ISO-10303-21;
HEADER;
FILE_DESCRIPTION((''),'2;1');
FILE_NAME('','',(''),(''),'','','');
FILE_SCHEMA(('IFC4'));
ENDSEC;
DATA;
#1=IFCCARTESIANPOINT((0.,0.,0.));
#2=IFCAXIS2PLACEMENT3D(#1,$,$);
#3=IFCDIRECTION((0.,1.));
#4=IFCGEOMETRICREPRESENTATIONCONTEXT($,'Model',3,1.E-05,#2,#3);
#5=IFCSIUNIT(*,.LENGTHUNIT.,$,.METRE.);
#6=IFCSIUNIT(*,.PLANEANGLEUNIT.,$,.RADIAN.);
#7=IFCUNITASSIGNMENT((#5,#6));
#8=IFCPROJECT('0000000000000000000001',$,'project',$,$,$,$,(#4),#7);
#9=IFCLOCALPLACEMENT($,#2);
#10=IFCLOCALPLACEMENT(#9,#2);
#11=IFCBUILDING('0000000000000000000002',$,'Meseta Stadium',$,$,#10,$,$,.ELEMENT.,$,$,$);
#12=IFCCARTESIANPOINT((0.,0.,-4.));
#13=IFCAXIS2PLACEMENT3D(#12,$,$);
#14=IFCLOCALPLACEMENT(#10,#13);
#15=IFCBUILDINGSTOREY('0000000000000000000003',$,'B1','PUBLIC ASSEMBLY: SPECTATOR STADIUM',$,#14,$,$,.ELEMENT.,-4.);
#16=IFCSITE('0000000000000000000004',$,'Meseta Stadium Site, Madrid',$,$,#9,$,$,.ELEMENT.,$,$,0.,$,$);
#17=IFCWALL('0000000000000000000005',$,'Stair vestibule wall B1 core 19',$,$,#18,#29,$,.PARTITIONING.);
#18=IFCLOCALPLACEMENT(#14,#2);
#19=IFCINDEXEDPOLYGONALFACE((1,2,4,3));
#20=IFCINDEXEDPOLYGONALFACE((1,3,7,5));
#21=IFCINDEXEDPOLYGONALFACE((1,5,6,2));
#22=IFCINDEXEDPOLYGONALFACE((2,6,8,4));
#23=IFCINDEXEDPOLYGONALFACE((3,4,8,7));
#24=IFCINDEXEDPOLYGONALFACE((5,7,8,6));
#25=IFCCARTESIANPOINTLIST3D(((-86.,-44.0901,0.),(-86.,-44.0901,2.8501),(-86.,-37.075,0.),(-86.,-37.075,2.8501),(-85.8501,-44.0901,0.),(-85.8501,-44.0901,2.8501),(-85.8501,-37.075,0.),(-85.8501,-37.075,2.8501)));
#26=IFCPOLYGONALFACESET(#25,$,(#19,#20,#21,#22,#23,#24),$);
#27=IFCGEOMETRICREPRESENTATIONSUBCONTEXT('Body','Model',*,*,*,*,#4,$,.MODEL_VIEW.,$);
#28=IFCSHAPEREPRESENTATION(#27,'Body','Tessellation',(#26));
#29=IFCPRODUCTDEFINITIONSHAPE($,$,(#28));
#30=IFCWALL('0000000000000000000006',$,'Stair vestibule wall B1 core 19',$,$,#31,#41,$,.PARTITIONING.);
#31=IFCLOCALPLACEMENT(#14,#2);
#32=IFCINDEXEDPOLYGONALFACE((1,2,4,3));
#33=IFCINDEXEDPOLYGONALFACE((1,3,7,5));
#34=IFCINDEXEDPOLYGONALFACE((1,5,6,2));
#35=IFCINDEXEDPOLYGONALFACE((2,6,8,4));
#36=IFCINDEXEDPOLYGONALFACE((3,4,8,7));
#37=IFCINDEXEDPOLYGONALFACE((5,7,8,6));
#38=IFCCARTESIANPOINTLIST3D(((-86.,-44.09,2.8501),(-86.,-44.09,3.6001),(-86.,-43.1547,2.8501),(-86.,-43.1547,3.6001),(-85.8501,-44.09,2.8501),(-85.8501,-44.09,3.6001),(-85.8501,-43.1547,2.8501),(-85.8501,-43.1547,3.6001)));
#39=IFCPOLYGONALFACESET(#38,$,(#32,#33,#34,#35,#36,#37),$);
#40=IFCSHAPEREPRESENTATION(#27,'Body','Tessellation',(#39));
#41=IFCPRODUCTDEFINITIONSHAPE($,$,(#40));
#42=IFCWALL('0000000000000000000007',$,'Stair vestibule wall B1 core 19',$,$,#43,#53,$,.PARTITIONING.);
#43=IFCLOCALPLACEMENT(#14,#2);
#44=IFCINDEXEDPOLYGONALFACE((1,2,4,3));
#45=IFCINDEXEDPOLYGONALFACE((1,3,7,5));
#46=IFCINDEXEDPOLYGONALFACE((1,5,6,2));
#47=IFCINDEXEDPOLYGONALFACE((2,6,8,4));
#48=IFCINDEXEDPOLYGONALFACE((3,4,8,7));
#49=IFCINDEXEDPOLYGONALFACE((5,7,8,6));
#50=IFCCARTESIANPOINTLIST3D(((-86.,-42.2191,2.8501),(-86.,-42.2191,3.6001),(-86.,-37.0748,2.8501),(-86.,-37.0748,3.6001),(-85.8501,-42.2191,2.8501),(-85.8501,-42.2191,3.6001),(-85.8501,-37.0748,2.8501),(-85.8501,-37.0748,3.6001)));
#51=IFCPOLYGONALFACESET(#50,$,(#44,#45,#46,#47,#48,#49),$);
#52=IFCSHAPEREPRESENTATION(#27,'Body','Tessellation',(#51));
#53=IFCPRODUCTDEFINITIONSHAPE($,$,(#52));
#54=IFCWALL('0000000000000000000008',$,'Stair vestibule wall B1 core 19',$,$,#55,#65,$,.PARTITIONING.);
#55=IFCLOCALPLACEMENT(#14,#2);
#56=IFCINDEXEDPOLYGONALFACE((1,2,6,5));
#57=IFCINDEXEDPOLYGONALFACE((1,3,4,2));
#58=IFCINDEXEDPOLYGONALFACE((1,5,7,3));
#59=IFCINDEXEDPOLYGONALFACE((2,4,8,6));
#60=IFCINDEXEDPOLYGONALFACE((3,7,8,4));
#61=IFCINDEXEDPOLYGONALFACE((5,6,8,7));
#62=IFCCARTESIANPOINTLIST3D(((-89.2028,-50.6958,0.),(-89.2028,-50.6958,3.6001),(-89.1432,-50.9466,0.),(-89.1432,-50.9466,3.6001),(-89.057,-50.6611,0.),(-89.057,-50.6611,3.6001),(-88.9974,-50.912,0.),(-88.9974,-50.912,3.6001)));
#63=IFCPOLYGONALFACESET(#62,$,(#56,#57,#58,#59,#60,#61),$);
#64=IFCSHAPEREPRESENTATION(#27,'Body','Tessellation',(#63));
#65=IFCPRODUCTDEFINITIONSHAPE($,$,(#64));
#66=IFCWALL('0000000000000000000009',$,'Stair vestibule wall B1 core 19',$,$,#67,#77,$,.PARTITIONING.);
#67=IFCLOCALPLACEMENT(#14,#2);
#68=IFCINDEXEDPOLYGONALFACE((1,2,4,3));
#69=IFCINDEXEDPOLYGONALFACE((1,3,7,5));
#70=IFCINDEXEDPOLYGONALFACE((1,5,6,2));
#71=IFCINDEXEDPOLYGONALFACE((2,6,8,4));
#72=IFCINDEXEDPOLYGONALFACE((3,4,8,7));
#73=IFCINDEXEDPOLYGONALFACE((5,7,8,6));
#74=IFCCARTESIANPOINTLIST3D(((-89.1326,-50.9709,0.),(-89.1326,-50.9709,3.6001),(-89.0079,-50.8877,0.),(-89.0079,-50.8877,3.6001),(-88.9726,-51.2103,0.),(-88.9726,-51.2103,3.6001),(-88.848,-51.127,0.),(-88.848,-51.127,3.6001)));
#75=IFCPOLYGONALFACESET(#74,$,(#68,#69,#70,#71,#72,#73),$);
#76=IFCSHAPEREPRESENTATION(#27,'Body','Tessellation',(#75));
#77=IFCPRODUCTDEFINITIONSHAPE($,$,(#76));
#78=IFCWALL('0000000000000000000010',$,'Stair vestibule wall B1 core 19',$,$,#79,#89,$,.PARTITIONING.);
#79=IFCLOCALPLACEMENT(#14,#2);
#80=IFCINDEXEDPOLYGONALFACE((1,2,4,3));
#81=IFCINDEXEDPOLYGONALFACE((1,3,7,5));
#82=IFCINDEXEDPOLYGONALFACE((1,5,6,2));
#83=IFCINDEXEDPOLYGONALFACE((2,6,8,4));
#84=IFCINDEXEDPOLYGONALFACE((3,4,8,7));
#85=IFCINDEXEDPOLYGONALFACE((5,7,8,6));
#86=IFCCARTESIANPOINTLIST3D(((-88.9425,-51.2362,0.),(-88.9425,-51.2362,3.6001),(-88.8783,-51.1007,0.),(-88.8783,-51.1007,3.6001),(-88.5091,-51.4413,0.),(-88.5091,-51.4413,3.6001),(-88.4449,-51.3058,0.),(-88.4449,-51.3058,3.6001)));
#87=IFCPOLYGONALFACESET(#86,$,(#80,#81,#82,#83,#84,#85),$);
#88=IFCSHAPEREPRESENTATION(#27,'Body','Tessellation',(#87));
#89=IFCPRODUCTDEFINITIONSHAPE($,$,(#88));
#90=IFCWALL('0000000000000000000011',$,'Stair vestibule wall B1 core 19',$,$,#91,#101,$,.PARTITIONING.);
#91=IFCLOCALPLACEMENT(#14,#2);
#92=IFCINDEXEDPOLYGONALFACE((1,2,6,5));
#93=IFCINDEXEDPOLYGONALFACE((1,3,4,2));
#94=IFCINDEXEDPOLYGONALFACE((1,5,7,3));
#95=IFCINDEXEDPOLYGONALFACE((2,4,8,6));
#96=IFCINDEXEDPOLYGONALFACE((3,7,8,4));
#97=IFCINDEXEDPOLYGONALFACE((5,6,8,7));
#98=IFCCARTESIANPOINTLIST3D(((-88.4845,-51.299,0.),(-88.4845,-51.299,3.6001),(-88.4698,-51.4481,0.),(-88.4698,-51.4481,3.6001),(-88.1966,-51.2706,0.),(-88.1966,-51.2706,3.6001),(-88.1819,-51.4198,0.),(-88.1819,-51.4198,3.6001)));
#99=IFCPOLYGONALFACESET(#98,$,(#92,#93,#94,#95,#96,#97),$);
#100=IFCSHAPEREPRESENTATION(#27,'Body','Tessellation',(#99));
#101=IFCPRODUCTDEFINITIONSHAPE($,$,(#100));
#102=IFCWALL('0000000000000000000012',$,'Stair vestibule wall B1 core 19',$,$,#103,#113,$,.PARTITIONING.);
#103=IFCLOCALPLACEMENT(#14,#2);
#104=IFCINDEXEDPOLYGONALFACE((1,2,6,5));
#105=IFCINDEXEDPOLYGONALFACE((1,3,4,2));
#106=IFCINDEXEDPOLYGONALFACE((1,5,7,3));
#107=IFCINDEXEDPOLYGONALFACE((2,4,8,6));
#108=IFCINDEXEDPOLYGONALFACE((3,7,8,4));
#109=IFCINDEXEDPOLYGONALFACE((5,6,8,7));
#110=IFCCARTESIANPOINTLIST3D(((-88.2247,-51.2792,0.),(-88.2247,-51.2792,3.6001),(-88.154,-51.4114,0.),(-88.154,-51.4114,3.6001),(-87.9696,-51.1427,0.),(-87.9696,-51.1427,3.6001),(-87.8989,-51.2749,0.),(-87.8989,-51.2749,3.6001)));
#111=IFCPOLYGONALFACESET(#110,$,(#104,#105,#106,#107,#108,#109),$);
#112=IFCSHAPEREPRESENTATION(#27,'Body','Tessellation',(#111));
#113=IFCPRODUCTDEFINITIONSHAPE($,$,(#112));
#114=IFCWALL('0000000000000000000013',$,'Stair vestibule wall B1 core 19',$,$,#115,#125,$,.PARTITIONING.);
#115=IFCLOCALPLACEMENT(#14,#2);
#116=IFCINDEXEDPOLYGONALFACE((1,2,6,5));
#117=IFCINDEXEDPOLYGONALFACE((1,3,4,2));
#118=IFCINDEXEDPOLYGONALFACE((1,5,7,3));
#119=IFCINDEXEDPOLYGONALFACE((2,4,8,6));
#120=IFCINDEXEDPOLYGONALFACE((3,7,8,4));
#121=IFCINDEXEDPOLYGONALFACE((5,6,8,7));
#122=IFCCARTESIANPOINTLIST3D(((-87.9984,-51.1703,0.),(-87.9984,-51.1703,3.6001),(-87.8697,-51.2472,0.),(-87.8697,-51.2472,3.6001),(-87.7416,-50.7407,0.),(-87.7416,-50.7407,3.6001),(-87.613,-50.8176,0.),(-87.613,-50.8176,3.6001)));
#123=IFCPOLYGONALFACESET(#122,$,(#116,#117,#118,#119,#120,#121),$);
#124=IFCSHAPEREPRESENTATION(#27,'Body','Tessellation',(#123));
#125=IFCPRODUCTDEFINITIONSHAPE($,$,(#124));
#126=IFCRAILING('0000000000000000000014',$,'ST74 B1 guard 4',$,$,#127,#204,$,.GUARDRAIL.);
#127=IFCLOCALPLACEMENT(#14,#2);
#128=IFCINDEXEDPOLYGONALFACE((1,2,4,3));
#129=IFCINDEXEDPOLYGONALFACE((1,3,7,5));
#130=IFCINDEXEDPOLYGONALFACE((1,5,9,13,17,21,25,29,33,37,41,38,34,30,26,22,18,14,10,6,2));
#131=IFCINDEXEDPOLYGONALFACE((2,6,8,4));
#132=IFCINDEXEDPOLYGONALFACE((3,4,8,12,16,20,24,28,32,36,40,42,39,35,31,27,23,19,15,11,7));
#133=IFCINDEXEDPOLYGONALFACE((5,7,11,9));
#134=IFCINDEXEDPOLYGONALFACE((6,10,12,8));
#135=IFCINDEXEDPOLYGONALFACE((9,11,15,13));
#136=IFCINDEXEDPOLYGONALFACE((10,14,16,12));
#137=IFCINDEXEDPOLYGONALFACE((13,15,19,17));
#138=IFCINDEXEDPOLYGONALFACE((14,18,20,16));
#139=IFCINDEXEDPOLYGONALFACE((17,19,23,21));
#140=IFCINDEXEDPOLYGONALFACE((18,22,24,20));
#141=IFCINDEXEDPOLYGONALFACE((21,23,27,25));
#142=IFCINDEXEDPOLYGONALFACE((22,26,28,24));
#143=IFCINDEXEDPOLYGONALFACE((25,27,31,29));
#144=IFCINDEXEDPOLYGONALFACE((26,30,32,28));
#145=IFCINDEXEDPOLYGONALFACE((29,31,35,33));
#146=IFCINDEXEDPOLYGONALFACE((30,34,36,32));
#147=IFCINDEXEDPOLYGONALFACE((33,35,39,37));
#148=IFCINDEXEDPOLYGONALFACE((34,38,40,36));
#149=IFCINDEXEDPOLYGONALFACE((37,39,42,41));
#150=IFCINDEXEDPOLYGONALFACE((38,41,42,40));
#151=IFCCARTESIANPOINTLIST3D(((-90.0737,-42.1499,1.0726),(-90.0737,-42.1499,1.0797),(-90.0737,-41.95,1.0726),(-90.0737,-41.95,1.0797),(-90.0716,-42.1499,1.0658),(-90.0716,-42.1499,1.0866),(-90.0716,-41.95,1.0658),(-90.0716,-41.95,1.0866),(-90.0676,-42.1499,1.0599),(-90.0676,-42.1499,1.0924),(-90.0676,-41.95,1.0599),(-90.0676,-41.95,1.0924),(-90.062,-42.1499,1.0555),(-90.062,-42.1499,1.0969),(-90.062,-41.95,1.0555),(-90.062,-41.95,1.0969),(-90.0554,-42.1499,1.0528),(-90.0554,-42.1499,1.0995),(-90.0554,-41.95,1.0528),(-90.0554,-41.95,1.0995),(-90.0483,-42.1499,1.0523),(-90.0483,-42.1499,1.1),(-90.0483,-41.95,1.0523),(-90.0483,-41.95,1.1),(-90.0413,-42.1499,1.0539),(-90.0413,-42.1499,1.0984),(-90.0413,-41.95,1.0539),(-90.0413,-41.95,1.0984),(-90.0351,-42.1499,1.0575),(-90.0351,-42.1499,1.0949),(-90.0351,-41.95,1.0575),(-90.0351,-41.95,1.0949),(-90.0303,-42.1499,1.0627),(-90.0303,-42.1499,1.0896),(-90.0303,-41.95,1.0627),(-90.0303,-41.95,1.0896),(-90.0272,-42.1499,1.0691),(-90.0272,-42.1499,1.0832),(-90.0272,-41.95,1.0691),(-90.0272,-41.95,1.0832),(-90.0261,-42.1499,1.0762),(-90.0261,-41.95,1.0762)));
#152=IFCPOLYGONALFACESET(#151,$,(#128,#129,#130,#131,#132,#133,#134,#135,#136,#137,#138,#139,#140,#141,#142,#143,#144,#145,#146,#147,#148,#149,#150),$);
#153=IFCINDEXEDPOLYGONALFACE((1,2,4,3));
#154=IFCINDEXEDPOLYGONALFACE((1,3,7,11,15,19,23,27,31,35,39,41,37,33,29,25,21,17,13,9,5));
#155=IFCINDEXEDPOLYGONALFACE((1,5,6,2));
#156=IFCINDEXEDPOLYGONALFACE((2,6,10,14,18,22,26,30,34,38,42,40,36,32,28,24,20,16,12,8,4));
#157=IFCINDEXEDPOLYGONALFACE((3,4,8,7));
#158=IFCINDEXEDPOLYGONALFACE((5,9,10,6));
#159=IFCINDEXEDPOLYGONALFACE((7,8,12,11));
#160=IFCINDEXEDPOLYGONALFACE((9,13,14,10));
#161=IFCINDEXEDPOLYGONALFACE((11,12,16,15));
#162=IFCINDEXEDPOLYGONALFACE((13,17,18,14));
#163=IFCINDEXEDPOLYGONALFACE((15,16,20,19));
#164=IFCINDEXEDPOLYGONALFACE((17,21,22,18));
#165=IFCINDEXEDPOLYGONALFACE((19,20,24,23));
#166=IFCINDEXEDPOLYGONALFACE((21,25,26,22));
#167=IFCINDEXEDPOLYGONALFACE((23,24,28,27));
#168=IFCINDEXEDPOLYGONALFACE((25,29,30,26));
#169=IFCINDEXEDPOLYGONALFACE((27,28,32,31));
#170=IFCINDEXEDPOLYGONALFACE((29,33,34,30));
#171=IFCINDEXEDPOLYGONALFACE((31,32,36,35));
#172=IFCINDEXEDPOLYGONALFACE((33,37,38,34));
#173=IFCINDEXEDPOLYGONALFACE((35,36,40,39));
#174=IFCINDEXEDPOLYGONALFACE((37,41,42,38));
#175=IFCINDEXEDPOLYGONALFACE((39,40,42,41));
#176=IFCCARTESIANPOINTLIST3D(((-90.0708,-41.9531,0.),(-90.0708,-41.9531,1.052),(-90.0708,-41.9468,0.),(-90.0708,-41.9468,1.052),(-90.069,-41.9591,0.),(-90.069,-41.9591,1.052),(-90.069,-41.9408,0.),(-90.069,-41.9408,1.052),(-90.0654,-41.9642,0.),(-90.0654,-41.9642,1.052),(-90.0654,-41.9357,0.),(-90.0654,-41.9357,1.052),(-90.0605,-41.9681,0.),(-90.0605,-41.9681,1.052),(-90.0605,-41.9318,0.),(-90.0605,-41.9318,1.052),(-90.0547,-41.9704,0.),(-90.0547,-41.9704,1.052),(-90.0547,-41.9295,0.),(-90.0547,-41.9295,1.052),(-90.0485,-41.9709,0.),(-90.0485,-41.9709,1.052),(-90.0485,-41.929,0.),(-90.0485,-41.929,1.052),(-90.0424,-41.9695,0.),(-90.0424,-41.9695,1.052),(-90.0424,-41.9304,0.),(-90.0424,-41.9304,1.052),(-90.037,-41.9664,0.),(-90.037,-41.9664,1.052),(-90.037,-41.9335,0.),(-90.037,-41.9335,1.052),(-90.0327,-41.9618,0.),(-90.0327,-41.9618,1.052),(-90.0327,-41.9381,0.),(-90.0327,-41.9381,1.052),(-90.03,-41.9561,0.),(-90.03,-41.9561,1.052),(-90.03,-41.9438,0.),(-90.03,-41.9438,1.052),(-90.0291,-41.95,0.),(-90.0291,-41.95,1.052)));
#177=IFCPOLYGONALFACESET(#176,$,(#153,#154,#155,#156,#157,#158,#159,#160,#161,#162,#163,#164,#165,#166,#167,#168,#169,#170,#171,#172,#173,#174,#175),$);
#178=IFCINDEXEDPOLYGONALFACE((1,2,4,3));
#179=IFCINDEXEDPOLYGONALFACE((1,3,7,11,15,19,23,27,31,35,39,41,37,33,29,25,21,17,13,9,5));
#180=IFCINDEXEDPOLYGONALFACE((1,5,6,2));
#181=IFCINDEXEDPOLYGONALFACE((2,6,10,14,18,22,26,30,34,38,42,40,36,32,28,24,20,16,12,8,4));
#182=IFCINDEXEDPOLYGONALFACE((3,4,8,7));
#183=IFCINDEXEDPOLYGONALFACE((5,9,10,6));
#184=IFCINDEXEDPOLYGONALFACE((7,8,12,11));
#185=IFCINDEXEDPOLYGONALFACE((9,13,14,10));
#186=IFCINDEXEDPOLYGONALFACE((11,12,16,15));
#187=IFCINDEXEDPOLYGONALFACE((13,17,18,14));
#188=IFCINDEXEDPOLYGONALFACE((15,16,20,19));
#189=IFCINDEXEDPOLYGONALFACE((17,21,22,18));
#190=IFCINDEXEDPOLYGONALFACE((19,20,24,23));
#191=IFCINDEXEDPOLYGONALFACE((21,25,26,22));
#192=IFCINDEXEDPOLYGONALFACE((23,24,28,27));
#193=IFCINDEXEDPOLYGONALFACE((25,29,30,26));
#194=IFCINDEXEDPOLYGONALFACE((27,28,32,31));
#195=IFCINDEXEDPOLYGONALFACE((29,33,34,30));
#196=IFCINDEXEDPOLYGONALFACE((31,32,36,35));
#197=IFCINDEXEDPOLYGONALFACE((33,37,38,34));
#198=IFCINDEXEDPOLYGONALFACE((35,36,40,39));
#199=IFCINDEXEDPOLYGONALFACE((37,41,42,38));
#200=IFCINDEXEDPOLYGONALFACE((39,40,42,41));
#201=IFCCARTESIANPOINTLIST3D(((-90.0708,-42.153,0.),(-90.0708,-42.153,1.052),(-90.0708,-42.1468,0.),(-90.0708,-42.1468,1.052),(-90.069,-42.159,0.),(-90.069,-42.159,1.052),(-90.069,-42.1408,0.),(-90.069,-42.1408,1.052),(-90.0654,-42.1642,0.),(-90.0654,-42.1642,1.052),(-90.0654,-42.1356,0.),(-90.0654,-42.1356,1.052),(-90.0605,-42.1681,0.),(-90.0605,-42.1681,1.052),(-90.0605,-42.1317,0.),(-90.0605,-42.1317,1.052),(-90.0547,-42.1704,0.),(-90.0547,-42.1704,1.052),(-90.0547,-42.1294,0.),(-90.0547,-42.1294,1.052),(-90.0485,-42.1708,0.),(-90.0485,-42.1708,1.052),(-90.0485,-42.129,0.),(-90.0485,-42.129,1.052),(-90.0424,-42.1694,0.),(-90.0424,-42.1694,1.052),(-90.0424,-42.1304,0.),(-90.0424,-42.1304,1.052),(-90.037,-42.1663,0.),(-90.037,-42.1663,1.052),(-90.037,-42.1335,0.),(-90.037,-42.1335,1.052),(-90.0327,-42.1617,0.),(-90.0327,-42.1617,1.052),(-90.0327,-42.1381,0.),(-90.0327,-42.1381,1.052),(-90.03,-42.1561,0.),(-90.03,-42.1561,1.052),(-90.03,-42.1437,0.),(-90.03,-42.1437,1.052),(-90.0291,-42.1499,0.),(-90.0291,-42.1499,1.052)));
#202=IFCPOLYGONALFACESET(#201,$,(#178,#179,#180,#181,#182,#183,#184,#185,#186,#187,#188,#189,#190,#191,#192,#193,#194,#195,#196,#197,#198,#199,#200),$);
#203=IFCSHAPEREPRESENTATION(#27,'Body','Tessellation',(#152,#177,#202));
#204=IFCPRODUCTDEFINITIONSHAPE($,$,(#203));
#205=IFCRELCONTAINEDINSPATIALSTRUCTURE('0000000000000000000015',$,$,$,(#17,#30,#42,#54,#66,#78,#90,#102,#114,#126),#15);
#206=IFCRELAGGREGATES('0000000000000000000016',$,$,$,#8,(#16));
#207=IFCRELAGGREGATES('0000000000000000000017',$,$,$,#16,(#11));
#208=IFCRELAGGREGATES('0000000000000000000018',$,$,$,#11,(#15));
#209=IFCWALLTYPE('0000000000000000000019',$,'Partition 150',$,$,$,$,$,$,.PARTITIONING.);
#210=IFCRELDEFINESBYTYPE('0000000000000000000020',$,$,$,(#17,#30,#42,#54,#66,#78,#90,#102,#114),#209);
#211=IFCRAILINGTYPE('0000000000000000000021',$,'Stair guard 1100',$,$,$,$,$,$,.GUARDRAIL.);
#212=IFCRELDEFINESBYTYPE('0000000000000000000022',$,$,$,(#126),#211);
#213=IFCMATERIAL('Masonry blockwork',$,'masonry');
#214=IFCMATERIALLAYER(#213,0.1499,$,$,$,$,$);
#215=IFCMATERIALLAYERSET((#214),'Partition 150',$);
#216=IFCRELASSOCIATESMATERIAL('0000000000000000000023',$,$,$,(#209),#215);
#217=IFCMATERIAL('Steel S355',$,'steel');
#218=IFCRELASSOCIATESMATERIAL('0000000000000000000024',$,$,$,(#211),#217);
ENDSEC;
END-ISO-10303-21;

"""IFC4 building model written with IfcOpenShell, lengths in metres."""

from ifc_helpers import new_model, si_unit, direction, frame, frame_2d, origin, origin_2d, place, context, subcontext, project, spatial, rectangle, circle, extrude, material, layer, layer_set, type_object, element, save


model = new_model("IFC4")

# Units and contexts
model_context = context("Model", 3, precision=1e-05, world=origin(), true_north=direction((0.0, 1.0)))
body_context = subcontext(model_context, "Body", "Model", "MODEL_VIEW")
ifc_project = project(units=[si_unit("LENGTHUNIT", "METRE"), si_unit("PLANEANGLEUNIT", "RADIAN")], contexts=[model_context])

# Site, building, storey
site_placement = place(None, origin())
site = spatial("IfcSite", under=ifc_project, at=site_placement, Name="Meseta Stadium Site, Madrid", CompositionType="ELEMENT", RefElevation=0.0)
building_placement = place(site_placement, origin())
building = spatial("IfcBuilding", under=site, at=building_placement, Name="Meseta Stadium", CompositionType="ELEMENT")
storey_placement = place(building_placement, frame((0.0, 0.0, -4.0)))
storey = spatial("IfcBuildingStorey", under=building, at=storey_placement, Name="B1", Description="PUBLIC ASSEMBLY: SPECTATOR STADIUM", CompositionType="ELEMENT", Elevation=-4.0)

# Shared definitions
ifc_material_1 = material(Name="Masonry blockwork", Category="masonry")
ifc_layer_1 = layer(ifc_material_1, 0.1499)
ifc_layer_set_1 = layer_set([ifc_layer_1], Name="Partition 150")
wall_type_1 = type_object("IfcWallType", Name="Partition 150", PredefinedType="PARTITIONING", material=ifc_layer_set_1)

# Walls
wall_1_placement = place(storey_placement, frame((-85.925, -44.0901, 0.0), z_axis=(0.0, 0.0, 1.0), x_axis=(0.0, 1.0, 0.0)))
element("IfcWall", 1, at=wall_1_placement, inside=storey, type_object=wall_type_1, Name="Stair vestibule wall B1 core 19", PredefinedType="PARTITIONING", context=body_context, shape_type="SweptSolid", body=[
    extrude(rectangle(XDim=7.0151, YDim=0.1499, at=frame_2d((3.5076, 0.0))), origin(), (0.0, 0.0, 1.0), 2.8501),
])
wall_2_placement = place(storey_placement, frame((-85.925, -44.0901, 2.8501), z_axis=(0.0, 0.0, 1.0), x_axis=(0.0, 1.0, 0.0)))
element("IfcWall", 2, at=wall_2_placement, inside=storey, type_object=wall_type_1, Name="Stair vestibule wall B1 core 19", PredefinedType="PARTITIONING", context=body_context, shape_type="SweptSolid", body=[
    extrude(rectangle(XDim=0.9353, YDim=0.1499, at=frame_2d((0.4678, 0.0))), origin(), (0.0, 0.0, 1.0), 0.75),
])
wall_3_placement = place(storey_placement, frame((-85.925, -42.2192, 2.8501), z_axis=(0.0, 0.0, 1.0), x_axis=(0.0, 1.0, 0.0)))
element("IfcWall", 3, at=wall_3_placement, inside=storey, type_object=wall_type_1, Name="Stair vestibule wall B1 core 19", PredefinedType="PARTITIONING", context=body_context, shape_type="SweptSolid", body=[
    extrude(rectangle(XDim=5.1443, YDim=0.1499, at=frame_2d((2.5723, 0.0))), origin(), (0.0, 0.0, 1.0), 0.75),
])
wall_4_placement = place(storey_placement, frame((-89.1299, -50.6785, 0.0), z_axis=(0.0, 0.0, 1.0), x_axis=(0.231151, -0.972918, 0.0)))
element("IfcWall", 4, at=wall_4_placement, inside=storey, type_object=wall_type_1, Name="Stair vestibule wall B1 core 19", PredefinedType="PARTITIONING", context=body_context, shape_type="SweptSolid", body=[
    extrude(rectangle(XDim=0.2578, YDim=0.1499, at=frame_2d((0.1289, 0.0))), origin(), (0.0, 0.0, 1.0), 3.6001),
])
wall_5_placement = place(storey_placement, frame((-89.0703, -50.9292, 0.0), z_axis=(0.0, 0.0, 1.0), x_axis=(0.555679, -0.831397, 0.0)))
element("IfcWall", 5, at=wall_5_placement, inside=storey, type_object=wall_type_1, Name="Stair vestibule wall B1 core 19", PredefinedType="PARTITIONING", context=body_context, shape_type="SweptSolid", body=[
    extrude(rectangle(XDim=0.2878, YDim=0.1499, at=frame_2d((0.144, 0.0))), origin(), (0.0, 0.0, 1.0), 3.6001),
])
wall_6_placement = place(storey_placement, frame((-88.9104, -51.1685, 0.0), z_axis=(0.0, 0.0, 1.0), x_axis=(0.903893, -0.427758, 0.0)))
element("IfcWall", 6, at=wall_6_placement, inside=storey, type_object=wall_type_1, Name="Stair vestibule wall B1 core 19", PredefinedType="PARTITIONING", context=body_context, shape_type="SweptSolid", body=[
    extrude(rectangle(XDim=0.4795, YDim=0.1499, at=frame_2d((0.2397, 0.0))), origin(), (0.0, 0.0, 1.0), 3.6001),
])
for number, where, z_axis, x_axis, name in (
    (7, (-88.4771, -51.3735, 0.0), (0.0, 0.0, 1.0), (0.995195, 0.097916, 0.0), "Stair vestibule wall B1 core 19"),
    (8, (-88.1892, -51.3452, 0.0), (0.0, 0.0, 1.0), (0.881768, 0.471683, 0.0), "Stair vestibule wall B1 core 19"),
):
    element("IfcWall", number, at=place(storey_placement, frame(where, z_axis=z_axis, x_axis=x_axis)), inside=storey, type_object=wall_type_1, Name=name, PredefinedType="PARTITIONING", context=body_context, shape_type="SweptSolid", body=[
        extrude(rectangle(XDim=0.2893, YDim=0.1499, at=frame_2d((0.1445, 0.0))), origin(), (0.0, 0.0, 1.0), 3.6001),
    ])
wall_7_placement = place(storey_placement, frame((-87.9341, -51.2087, 0.0), z_axis=(0.0, 0.0, 1.0), x_axis=(0.513061, 0.858352, 0.0)))
element("IfcWall", 9, at=wall_7_placement, inside=storey, type_object=wall_type_1, Name="Stair vestibule wall B1 core 19", PredefinedType="PARTITIONING", context=body_context, shape_type="SweptSolid", body=[
    extrude(rectangle(XDim=0.5005, YDim=0.1499, at=frame_2d((0.2502, 0.0))), origin(), (0.0, 0.0, 1.0), 3.6001),
])

# Railing
ifc_material_2 = material(Name="Steel S355", Category="steel")
railing_type = type_object("IfcRailingType", Name="Stair guard 1100", PredefinedType="GUARDRAIL", material=ifc_material_2)
for number, where, name in (
    (10, (-90.05, -41.95, 0.0), "ST74 B1 guard 4"),
):
    element("IfcRailing", number, at=place(storey_placement, frame(where)), inside=storey, type_object=railing_type, Name=name, PredefinedType="GUARDRAIL", context=body_context, shape_type="SweptSolid", body=[
        extrude(circle(Radius=0.0239, at=origin_2d()), frame((0.0, 0.0, 1.0762), z_axis=(0.0, -1.0, 0.0), x_axis=(1.0, 0.0, 0.0)), (0.0, 0.0, 1.0), 0.2),
        extrude(circle(Radius=0.021, at=origin_2d()), origin(), (0.0, 0.0, 1.0), 1.052),
        extrude(circle(Radius=0.021, at=origin_2d()), frame((0.0, -0.2, 0.0)), (0.0, 0.0, 1.0), 1.052),
    ])

save(model, "model.ifc")
